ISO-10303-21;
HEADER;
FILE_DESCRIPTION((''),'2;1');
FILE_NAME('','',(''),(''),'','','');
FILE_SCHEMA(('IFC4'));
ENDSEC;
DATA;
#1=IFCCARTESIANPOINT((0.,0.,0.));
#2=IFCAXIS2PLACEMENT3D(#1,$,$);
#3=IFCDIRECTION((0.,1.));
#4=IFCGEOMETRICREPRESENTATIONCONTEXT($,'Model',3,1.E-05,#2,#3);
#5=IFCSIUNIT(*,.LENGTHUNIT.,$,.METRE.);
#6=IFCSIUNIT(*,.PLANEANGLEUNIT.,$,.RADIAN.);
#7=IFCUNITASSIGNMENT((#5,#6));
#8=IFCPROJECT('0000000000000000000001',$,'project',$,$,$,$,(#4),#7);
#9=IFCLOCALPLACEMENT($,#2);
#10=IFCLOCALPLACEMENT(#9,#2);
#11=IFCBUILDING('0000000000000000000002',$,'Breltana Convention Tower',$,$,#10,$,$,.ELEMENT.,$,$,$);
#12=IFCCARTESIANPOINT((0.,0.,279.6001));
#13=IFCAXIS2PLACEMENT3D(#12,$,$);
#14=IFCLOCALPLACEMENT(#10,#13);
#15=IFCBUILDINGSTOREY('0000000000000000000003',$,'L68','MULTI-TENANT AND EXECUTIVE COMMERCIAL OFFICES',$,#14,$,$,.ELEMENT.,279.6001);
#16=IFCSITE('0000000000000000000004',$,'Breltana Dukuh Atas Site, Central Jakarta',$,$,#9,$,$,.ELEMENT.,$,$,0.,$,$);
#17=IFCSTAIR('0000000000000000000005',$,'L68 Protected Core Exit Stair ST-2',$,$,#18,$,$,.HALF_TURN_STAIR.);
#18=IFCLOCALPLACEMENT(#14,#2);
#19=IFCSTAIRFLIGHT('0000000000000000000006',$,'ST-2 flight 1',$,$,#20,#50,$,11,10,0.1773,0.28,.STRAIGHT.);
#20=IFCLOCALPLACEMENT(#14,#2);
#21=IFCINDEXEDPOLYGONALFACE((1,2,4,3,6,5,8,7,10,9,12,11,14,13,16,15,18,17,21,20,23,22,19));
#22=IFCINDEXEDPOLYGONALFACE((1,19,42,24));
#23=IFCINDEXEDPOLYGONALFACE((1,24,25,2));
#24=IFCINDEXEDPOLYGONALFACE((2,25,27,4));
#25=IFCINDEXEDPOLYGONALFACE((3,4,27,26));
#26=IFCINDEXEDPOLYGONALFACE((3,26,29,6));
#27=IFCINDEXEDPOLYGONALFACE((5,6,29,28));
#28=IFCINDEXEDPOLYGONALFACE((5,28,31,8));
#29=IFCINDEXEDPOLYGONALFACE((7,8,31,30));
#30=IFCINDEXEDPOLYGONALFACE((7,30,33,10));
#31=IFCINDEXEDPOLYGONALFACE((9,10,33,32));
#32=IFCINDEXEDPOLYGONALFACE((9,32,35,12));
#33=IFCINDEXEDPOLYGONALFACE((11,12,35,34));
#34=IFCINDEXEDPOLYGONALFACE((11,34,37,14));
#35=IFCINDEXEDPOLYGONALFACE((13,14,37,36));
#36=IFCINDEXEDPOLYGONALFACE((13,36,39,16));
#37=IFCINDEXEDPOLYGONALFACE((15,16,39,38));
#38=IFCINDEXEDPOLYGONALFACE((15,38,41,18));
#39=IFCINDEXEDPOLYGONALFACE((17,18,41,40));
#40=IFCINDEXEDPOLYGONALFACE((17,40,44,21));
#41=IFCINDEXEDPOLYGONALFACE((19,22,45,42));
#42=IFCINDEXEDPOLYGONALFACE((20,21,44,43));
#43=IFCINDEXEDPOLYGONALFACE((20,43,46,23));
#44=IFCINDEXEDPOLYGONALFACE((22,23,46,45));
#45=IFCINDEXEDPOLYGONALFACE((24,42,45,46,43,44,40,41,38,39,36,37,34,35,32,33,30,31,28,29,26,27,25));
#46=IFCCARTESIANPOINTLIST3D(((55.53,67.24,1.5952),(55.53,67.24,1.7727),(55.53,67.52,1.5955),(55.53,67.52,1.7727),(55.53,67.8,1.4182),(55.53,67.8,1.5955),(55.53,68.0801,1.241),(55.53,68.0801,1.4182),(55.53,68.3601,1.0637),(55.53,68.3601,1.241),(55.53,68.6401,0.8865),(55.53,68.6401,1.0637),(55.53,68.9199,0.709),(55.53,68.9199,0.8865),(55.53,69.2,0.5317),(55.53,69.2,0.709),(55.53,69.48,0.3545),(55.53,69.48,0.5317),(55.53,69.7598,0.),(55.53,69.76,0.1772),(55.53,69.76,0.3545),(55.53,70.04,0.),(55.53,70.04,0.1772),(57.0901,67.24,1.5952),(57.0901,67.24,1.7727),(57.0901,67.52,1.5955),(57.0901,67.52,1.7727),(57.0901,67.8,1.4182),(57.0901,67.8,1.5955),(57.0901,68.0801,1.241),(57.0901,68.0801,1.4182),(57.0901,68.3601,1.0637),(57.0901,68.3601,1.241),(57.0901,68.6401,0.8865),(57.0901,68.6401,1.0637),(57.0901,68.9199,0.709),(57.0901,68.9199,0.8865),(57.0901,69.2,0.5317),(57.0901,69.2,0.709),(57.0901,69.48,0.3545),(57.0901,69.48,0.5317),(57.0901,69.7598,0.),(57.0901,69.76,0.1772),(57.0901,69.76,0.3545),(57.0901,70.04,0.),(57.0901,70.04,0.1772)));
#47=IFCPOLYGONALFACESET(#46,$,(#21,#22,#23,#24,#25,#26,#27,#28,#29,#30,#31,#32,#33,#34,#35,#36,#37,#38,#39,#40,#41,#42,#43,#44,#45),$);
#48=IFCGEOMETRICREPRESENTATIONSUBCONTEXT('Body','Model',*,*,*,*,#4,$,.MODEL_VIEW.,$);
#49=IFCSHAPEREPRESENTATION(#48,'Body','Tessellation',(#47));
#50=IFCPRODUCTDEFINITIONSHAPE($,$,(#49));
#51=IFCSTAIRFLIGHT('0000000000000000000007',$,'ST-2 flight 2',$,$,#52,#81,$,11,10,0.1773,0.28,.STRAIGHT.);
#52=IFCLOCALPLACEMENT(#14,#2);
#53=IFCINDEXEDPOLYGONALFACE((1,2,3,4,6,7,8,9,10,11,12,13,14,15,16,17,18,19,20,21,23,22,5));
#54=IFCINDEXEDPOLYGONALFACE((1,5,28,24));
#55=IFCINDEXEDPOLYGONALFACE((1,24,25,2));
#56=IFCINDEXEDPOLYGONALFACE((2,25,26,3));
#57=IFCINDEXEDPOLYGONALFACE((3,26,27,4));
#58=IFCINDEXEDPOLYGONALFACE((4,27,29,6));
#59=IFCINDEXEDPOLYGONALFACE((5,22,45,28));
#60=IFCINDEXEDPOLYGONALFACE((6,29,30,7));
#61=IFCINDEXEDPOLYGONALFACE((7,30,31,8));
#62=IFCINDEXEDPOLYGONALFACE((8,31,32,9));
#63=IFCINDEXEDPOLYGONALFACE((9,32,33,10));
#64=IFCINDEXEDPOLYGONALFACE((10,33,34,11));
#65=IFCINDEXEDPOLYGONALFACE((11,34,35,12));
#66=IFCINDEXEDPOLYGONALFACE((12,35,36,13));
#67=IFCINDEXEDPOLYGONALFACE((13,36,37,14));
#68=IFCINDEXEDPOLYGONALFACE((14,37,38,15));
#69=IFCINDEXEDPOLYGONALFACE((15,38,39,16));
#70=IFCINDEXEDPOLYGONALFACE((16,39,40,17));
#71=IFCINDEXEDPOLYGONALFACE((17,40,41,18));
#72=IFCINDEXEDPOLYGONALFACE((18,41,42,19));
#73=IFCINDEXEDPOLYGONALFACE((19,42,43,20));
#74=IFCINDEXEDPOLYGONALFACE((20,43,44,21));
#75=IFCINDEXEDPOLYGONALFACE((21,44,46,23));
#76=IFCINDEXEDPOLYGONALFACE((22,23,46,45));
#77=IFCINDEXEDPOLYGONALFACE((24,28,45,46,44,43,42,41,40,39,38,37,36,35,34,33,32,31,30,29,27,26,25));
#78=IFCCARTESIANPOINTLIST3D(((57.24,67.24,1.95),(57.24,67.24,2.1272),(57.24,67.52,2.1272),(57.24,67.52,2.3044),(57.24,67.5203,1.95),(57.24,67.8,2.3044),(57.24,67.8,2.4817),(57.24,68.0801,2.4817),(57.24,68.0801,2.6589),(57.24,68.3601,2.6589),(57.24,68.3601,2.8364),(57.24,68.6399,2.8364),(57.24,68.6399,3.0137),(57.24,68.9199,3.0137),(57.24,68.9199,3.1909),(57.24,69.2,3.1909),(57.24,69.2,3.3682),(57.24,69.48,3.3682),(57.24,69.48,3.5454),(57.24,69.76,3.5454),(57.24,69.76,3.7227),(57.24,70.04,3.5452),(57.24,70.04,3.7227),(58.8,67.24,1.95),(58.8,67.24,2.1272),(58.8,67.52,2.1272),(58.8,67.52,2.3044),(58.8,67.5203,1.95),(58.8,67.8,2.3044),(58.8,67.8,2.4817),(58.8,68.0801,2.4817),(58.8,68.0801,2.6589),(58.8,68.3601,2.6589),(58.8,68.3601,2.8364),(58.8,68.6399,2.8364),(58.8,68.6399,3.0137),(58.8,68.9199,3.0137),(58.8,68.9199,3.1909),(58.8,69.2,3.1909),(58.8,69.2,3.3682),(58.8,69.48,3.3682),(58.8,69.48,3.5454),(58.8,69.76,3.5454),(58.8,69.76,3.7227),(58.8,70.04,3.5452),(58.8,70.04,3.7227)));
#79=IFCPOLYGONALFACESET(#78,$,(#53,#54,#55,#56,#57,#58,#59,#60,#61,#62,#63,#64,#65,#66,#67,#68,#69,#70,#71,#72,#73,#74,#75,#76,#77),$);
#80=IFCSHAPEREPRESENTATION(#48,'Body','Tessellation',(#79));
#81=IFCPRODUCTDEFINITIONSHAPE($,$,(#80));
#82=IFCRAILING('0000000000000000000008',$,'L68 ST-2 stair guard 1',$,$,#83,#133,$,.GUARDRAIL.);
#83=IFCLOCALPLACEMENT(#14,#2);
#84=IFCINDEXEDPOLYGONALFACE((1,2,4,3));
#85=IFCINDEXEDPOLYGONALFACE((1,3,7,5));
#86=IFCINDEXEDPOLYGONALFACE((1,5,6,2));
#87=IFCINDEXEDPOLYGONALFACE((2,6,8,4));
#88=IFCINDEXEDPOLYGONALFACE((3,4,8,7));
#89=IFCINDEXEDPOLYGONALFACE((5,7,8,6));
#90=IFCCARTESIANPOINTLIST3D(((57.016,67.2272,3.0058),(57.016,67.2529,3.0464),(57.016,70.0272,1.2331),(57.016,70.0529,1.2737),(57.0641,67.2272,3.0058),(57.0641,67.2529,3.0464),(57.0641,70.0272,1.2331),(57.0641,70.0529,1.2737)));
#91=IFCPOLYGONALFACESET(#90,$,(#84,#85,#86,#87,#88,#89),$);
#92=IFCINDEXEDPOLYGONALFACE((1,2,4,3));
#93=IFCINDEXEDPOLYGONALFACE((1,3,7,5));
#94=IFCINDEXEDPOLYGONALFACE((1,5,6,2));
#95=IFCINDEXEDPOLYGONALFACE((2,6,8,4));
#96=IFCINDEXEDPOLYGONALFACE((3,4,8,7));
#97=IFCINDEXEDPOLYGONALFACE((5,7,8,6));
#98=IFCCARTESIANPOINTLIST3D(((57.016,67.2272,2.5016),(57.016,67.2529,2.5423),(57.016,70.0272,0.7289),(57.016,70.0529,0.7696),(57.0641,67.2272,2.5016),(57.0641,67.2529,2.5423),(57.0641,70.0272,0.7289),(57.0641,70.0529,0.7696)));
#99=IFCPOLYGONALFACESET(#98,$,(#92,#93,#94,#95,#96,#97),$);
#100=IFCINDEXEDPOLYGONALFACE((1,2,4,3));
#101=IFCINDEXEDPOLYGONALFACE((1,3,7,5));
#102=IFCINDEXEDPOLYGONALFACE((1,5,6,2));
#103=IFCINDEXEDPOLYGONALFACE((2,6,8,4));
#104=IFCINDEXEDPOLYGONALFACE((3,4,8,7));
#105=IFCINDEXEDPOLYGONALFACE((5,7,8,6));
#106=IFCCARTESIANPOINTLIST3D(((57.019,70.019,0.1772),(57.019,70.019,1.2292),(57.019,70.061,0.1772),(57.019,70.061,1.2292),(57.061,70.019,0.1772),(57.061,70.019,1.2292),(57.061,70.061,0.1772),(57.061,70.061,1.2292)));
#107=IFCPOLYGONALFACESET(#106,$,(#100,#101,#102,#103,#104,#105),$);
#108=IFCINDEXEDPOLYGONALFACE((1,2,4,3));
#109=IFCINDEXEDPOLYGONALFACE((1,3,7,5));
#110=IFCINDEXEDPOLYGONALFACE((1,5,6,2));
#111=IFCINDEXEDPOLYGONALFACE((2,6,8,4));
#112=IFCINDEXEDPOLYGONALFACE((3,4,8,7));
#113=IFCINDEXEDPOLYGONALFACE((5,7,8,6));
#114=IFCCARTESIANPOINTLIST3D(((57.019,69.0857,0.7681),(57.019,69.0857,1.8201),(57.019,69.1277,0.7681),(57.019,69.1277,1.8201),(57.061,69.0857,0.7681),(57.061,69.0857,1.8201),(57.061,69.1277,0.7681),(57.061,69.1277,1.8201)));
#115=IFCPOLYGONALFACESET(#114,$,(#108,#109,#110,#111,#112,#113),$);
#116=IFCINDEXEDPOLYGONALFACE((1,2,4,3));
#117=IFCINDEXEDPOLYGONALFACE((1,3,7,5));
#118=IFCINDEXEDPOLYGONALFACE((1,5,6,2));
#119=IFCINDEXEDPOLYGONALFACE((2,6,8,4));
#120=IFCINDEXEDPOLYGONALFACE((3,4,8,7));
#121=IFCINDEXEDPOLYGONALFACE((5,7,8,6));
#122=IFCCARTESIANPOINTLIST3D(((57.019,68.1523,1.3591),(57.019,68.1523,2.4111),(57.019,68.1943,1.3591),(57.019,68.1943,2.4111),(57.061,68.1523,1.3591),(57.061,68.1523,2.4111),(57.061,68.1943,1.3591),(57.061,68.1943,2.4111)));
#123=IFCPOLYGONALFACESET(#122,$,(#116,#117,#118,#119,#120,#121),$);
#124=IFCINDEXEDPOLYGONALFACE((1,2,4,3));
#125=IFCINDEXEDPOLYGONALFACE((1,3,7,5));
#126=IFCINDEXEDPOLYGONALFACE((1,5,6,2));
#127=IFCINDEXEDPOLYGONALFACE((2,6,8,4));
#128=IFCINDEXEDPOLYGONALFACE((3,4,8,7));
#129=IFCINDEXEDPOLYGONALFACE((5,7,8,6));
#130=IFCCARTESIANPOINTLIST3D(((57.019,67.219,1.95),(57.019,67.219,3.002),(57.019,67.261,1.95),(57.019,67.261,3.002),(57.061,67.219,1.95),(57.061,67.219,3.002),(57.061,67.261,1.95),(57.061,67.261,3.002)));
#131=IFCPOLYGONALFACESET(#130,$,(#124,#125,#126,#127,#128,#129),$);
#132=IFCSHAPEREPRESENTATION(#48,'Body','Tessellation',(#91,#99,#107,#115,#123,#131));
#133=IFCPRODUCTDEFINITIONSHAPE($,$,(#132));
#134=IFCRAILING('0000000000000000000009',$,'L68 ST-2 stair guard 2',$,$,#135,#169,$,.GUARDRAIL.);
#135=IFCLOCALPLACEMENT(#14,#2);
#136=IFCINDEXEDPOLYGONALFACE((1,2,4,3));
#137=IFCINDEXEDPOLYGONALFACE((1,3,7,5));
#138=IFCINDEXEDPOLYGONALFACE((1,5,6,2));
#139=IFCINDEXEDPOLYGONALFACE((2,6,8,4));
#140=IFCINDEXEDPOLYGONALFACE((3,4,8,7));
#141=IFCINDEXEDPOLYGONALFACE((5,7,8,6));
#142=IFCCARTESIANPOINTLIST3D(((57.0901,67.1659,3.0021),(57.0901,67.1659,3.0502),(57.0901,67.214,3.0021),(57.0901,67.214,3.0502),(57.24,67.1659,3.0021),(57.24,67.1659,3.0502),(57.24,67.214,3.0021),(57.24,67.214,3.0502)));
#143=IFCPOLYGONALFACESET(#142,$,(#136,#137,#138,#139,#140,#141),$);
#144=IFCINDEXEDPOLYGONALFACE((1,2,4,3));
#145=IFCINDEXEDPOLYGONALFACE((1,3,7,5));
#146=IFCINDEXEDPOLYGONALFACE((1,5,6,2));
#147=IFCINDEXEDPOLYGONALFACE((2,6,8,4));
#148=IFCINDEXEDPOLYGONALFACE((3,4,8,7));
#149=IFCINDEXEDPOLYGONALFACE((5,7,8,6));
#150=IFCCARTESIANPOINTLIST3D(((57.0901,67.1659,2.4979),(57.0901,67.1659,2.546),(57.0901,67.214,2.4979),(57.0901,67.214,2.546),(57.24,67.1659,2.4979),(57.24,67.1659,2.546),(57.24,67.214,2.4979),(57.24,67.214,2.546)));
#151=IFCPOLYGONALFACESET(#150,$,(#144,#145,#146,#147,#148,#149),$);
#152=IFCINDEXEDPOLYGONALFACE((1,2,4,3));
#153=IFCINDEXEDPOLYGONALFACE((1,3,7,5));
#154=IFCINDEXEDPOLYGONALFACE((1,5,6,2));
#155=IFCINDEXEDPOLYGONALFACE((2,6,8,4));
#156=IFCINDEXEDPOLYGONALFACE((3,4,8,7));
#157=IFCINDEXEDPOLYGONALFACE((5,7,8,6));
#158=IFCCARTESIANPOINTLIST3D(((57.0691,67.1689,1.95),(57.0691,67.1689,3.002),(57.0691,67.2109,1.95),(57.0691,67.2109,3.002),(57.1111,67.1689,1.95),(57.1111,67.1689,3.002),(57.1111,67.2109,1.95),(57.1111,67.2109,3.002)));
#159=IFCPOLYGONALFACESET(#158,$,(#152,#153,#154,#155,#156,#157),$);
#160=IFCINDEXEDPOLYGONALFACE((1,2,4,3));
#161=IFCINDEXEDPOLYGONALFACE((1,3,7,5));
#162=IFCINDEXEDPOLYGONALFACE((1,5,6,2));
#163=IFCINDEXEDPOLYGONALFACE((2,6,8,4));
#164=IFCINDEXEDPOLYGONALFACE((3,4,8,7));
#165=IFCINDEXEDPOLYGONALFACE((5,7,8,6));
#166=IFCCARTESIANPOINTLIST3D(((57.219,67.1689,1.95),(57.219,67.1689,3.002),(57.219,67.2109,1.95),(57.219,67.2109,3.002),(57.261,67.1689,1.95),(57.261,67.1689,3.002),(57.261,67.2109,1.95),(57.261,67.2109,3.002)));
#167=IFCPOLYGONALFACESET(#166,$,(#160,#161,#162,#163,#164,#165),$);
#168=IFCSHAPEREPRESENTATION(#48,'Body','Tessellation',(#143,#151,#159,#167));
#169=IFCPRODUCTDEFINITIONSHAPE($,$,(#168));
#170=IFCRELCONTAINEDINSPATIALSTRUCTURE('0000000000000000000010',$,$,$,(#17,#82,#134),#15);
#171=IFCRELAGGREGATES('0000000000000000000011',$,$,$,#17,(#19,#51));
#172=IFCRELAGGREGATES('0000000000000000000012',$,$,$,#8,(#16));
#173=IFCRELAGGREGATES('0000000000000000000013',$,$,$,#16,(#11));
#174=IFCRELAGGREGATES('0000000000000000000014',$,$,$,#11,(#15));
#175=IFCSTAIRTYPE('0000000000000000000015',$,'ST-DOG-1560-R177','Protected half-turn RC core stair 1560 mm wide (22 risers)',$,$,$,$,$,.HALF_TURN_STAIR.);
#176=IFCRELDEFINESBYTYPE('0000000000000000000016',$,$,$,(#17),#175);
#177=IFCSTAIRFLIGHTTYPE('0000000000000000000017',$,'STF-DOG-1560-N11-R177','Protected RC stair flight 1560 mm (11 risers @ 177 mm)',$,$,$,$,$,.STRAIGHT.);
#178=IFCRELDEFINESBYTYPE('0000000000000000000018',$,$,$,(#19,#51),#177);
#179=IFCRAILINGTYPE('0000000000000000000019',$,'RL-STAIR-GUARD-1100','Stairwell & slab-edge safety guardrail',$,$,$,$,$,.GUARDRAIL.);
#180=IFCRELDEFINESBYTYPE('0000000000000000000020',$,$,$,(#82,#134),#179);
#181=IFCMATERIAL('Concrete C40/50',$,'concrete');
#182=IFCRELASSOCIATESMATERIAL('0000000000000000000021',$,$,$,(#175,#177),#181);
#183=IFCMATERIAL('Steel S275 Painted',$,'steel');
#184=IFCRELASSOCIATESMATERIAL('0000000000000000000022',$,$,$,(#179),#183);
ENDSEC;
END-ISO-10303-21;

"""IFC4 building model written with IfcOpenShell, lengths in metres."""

from ifc_helpers import new_model, si_unit, direction, frame, origin, origin_2d, place, context, subcontext, project, spatial, polyline, rectangle, outline, extrude, material, type_object, element, aggregate, save


model = new_model("IFC4")

# Units and contexts
model_context = context("Model", 3, precision=1e-05, world=origin(), true_north=direction((0.0, 1.0)))
body_context = subcontext(model_context, "Body", "Model", "MODEL_VIEW")
ifc_project = project(units=[si_unit("LENGTHUNIT", "METRE"), si_unit("PLANEANGLEUNIT", "RADIAN")], contexts=[model_context])

# Site, building, storey
site_placement = place(None, origin())
site = spatial("IfcSite", under=ifc_project, at=site_placement, Name="Breltana Dukuh Atas Site, Central Jakarta", CompositionType="ELEMENT", RefElevation=0.0)
building_placement = place(site_placement, origin())
building = spatial("IfcBuilding", under=site, at=building_placement, Name="Breltana Convention Tower", CompositionType="ELEMENT")
storey_placement = place(building_placement, frame((0.0, 0.0, 279.6001)))
storey = spatial("IfcBuildingStorey", under=building, at=storey_placement, Name="L68", Description="MULTI-TENANT AND EXECUTIVE COMMERCIAL OFFICES", CompositionType="ELEMENT", Elevation=279.6001)

# Stair, stair flights
ifc_material_1 = material(Name="Concrete C40/50", Category="concrete")
stair_type = type_object("IfcStairType", Name="ST-DOG-1560-R177", Description="Protected half-turn RC core stair 1560 mm wide (22 risers)", PredefinedType="HALF_TURN_STAIR", material=ifc_material_1)
stair_placement = place(storey_placement, origin())
stair = element("IfcStair", 1, at=stair_placement, inside=storey, type_object=stair_type, Name="L68 Protected Core Exit Stair ST-2", PredefinedType="HALF_TURN_STAIR")
stair_flight_type = type_object("IfcStairFlightType", Name="STF-DOG-1560-N11-R177", Description="Protected RC stair flight 1560 mm (11 risers @ 177 mm)", PredefinedType="STRAIGHT", material=ifc_material_1)
stair_flight_1_placement = place(storey_placement, frame((56.3101, 70.04, 0.0), z_axis=(0.0, 0.0, 1.0), x_axis=(0.0, -1.0, 0.0)))
stair_flight_1 = element("IfcStairFlight", 2, at=stair_flight_1_placement, type_object=stair_flight_type, Name="ST-2 flight 1", NumberOfRisers=11, NumberOfTreads=10, PredefinedType="STRAIGHT", RiserHeight=0.1773, TreadLength=0.28, context=body_context, shape_type="SweptSolid", body=[
    extrude(outline(polyline([(0.0, 0.0), (0.0, 0.1772), (0.28, 0.1772), (0.28, 0.3545), (0.5601, 0.3545), (0.5601, 0.5317), (0.8401, 0.5317), (0.8401, 0.709), (1.1201, 0.709), (1.1201, 0.8865), (1.3999, 0.8865), (1.3999, 1.0637), (1.6799, 1.0637), (1.6799, 1.241), (1.96, 1.241), (1.96, 1.4182), (2.24, 1.4182), (2.24, 1.5955), (2.52, 1.5955), (2.52, 1.7727), (2.8, 1.7727), (2.8, 1.95), (2.8, 1.5952), (0.2803, 0.0), (0.0, 0.0)])), frame((0.0, 0.78, 0.0), z_axis=(0.0, -1.0, 0.0), x_axis=(1.0, 0.0, 0.0)), (0.0, 0.0, 1.0), 1.5601),
])
stair_flight_2_placement = place(storey_placement, frame((58.02, 67.24, 1.95), z_axis=(0.0, 0.0, 1.0), x_axis=(0.0, 1.0, 0.0)))
stair_flight_2 = element("IfcStairFlight", 3, at=stair_flight_2_placement, type_object=stair_flight_type, Name="ST-2 flight 2", NumberOfRisers=11, NumberOfTreads=10, PredefinedType="STRAIGHT", RiserHeight=0.1773, TreadLength=0.28, context=body_context, shape_type="SweptSolid", body=[
    extrude(outline(polyline([(0.0, 0.0), (0.0, 0.1772), (0.28, 0.1772), (0.28, 0.3545), (0.5601, 0.3545), (0.5601, 0.5317), (0.8401, 0.5317), (0.8401, 0.709), (1.1201, 0.709), (1.1201, 0.8865), (1.3999, 0.8865), (1.3999, 1.0637), (1.6799, 1.0637), (1.6799, 1.241), (1.96, 1.241), (1.96, 1.4182), (2.24, 1.4182), (2.24, 1.5955), (2.52, 1.5955), (2.52, 1.7727), (2.8, 1.7727), (2.8, 1.95), (2.8, 1.5952), (0.2803, 0.0), (0.0, 0.0)])), frame((0.0, 0.78, 0.0), z_axis=(0.0, -1.0, 0.0), x_axis=(1.0, 0.0, 0.0)), (0.0, 0.0, 1.0), 1.5601),
])
aggregate(stair, [stair_flight_1, stair_flight_2])

# Railings
ifc_material_2 = material(Name="Steel S275 Painted", Category="steel")
railing_type_1 = type_object("IfcRailingType", Name="RL-STAIR-GUARD-1100", Description="Stairwell & slab-edge safety guardrail", PredefinedType="GUARDRAIL", material=ifc_material_2)
railing_1_placement = place(storey_placement, frame((57.04, 70.04, 0.1772)))
element("IfcRailing", 4, at=railing_1_placement, inside=storey, type_object=railing_type_1, Name="L68 ST-2 stair guard 1", PredefinedType="GUARDRAIL", context=body_context, shape_type="SweptSolid", body=[
    extrude(rectangle(XDim=0.0481, YDim=0.0481, at=origin_2d()), frame((0.0, 0.0, 1.0762), z_axis=(0.0, -0.844909, 0.53491), x_axis=(1.0, 0.0, 0.0)), (0.0, 0.0, 1.0), 3.314),
    extrude(rectangle(XDim=0.0481, YDim=0.0481, at=origin_2d()), frame((0.0, 0.0, 0.572), z_axis=(0.0, -0.844909, 0.53491), x_axis=(1.0, 0.0, 0.0)), (0.0, 0.0, 1.0), 3.314),
    extrude(rectangle(XDim=0.042, YDim=0.042, at=origin_2d()), origin(), (0.0, 0.0, 1.0), 1.052),
    extrude(rectangle(XDim=0.042, YDim=0.042, at=origin_2d()), frame((0.0, -0.9333, 0.5908)), (0.0, 0.0, 1.0), 1.052),
    extrude(rectangle(XDim=0.042, YDim=0.042, at=origin_2d()), frame((0.0, -1.8667, 1.1819)), (0.0, 0.0, 1.0), 1.052),
    extrude(rectangle(XDim=0.042, YDim=0.042, at=origin_2d()), frame((0.0, -2.8, 1.7727)), (0.0, 0.0, 1.0), 1.052),
])
railing_2_placement = place(storey_placement, frame((57.0901, 67.1899, 1.95)))
element("IfcRailing", 5, at=railing_2_placement, inside=storey, type_object=railing_type_1, Name="L68 ST-2 stair guard 2", PredefinedType="GUARDRAIL", context=body_context, shape_type="SweptSolid", body=[
    extrude(rectangle(XDim=0.0481, YDim=0.0481, at=origin_2d()), frame((0.0, 0.0, 1.0762), z_axis=(1.0, 0.0, 0.0), x_axis=(0.0, 1.0, 0.0)), (0.0, 0.0, 1.0), 0.1499),
    extrude(rectangle(XDim=0.0481, YDim=0.0481, at=origin_2d()), frame((0.0, 0.0, 0.572), z_axis=(1.0, 0.0, 0.0), x_axis=(0.0, 1.0, 0.0)), (0.0, 0.0, 1.0), 0.1499),
    extrude(rectangle(XDim=0.042, YDim=0.042, at=origin_2d()), origin(), (0.0, 0.0, 1.0), 1.052),
    extrude(rectangle(XDim=0.042, YDim=0.042, at=origin_2d()), frame((0.1499, 0.0, 0.0)), (0.0, 0.0, 1.0), 1.052),
])

save(model, "model.ifc")
